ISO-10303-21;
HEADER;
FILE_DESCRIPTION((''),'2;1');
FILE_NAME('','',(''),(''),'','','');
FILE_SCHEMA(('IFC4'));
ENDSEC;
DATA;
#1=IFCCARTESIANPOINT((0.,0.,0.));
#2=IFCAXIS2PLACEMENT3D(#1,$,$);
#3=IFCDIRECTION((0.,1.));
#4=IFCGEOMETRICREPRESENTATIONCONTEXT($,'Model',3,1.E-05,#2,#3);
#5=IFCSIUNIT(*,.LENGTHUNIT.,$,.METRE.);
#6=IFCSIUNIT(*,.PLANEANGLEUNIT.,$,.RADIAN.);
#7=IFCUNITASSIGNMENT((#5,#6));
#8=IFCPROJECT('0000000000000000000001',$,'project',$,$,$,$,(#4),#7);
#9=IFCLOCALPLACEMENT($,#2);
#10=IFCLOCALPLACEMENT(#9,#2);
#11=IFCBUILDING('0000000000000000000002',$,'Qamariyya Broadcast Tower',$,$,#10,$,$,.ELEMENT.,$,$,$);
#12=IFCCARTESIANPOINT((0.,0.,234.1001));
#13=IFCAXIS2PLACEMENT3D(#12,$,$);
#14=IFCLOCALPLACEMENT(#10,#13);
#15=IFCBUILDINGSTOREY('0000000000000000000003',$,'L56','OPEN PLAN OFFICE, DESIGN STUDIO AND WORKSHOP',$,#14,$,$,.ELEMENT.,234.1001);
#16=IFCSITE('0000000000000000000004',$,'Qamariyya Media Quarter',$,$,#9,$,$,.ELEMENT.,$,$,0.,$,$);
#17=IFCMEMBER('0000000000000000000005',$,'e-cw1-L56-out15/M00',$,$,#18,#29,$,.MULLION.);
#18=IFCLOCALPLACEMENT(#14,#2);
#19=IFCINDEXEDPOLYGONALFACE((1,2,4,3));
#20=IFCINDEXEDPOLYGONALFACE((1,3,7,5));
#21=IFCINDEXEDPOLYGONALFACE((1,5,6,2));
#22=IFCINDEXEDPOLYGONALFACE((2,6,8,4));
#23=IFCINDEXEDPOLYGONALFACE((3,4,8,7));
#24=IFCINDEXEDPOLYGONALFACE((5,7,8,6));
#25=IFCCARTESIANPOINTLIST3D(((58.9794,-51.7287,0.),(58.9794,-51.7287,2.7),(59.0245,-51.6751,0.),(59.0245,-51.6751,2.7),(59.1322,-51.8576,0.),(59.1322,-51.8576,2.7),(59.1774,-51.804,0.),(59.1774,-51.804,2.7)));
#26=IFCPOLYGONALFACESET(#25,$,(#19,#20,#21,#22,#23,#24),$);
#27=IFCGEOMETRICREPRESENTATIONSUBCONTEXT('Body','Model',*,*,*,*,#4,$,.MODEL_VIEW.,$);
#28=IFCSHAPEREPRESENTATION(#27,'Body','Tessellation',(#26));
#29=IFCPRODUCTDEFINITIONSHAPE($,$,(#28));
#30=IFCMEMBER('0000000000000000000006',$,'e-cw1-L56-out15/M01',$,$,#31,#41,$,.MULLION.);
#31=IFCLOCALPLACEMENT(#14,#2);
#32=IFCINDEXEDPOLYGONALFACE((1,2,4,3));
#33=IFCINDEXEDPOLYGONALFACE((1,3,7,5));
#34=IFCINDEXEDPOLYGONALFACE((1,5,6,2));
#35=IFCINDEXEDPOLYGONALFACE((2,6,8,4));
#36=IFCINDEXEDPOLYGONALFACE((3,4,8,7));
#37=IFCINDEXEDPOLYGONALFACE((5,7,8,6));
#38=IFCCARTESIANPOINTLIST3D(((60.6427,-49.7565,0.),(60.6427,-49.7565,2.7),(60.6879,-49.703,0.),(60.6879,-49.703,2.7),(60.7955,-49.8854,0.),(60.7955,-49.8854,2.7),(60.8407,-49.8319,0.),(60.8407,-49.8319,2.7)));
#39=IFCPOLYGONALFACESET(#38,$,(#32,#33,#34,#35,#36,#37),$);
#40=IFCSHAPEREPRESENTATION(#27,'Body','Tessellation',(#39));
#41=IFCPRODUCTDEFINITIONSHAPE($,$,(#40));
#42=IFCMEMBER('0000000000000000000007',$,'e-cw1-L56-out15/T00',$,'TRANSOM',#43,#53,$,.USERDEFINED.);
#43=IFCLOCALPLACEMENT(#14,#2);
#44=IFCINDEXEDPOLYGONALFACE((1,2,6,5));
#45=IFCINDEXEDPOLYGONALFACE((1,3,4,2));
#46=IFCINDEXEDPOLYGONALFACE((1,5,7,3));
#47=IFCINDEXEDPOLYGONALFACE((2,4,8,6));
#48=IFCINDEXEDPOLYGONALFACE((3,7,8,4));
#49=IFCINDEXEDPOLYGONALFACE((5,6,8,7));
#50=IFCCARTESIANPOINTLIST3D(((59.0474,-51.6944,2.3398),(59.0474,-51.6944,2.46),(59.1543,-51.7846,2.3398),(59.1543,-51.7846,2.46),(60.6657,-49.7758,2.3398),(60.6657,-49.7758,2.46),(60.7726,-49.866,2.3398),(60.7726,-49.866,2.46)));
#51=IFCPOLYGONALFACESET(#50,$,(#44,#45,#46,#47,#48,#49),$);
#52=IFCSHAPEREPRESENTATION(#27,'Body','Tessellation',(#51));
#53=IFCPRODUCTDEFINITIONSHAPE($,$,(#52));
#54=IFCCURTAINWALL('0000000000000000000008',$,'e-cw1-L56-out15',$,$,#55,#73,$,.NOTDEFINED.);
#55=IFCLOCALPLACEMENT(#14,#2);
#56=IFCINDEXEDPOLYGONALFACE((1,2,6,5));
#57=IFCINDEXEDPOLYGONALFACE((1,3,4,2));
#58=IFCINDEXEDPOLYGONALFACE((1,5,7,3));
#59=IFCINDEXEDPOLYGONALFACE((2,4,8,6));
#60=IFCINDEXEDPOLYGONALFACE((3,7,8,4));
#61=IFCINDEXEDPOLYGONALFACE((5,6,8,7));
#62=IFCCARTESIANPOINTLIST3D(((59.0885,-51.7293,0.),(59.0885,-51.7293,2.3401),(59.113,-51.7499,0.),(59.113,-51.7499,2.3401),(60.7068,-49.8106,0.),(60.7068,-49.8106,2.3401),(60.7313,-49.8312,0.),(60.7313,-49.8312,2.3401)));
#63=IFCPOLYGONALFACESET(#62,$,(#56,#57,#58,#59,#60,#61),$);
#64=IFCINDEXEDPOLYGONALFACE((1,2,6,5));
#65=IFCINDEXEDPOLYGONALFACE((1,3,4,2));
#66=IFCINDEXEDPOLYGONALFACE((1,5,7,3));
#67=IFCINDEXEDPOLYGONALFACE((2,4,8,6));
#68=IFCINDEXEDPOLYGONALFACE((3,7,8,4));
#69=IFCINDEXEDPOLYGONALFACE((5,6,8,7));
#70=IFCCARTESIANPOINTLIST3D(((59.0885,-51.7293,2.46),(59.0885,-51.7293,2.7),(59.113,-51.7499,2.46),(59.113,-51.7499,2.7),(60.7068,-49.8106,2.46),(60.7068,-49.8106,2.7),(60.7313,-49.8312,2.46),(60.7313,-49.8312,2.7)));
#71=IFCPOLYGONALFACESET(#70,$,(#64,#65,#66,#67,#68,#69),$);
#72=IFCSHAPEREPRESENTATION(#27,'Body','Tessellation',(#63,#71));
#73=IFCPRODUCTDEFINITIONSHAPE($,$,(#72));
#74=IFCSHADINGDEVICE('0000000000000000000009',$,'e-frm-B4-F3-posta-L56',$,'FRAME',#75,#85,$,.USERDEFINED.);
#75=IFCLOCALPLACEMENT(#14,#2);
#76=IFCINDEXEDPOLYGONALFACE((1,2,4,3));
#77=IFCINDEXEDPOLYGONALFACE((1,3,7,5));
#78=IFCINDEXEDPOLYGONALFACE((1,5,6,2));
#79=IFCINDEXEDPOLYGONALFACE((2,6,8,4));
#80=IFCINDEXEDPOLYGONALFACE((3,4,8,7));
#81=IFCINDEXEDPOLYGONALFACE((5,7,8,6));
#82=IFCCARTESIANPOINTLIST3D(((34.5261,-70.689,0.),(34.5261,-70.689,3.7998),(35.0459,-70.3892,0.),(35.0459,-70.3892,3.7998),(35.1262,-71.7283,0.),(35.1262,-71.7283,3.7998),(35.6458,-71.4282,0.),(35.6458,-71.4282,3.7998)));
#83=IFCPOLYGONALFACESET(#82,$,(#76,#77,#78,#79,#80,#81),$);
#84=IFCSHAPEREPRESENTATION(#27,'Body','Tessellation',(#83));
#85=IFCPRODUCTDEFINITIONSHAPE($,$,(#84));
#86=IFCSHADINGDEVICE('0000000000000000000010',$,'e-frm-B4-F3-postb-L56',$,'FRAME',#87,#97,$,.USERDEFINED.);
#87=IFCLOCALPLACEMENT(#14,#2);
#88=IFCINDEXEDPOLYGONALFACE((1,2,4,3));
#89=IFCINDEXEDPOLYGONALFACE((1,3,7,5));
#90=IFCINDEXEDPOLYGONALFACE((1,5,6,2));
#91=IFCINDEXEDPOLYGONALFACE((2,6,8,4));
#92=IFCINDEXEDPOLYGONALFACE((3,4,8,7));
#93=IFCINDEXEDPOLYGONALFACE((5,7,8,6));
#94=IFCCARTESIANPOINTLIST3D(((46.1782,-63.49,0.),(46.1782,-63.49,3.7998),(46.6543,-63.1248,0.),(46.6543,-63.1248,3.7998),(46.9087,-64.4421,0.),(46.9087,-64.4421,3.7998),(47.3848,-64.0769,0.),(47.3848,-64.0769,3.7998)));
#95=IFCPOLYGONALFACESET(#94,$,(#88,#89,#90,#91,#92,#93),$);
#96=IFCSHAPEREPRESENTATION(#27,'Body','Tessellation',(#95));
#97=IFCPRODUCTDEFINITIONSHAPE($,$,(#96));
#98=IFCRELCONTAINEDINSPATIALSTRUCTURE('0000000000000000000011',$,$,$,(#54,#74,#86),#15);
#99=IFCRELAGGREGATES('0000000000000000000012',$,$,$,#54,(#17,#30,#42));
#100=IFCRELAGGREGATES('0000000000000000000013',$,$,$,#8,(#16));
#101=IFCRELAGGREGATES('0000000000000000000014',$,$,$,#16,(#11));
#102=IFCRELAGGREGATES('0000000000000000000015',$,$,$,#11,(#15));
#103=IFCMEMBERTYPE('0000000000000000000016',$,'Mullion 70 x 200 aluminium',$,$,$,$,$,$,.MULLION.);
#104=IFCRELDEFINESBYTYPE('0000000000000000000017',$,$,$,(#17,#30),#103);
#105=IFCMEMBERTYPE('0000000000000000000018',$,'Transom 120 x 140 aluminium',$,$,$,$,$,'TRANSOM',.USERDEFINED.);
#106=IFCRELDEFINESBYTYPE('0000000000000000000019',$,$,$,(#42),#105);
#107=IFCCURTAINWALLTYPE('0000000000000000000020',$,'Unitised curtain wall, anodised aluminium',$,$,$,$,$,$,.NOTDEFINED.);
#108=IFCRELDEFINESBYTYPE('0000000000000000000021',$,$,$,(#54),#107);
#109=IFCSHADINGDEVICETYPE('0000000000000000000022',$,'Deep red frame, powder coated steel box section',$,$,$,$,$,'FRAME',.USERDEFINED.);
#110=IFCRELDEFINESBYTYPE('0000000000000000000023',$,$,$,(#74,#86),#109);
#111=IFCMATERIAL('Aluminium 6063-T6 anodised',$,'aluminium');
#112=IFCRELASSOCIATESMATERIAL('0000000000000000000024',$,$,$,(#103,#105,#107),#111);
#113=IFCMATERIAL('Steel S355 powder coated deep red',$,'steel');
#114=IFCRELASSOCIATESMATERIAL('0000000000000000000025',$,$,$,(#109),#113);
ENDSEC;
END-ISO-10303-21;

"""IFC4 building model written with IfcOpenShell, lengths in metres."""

from ifc_helpers import new_model, si_unit, direction, frame, origin, origin_2d, place, context, subcontext, project, spatial, polyline, rectangle, outline, extrude, material, material_profile, profile_set, type_object, element, aggregate, save


model = new_model("IFC4")

# Units and contexts
model_context = context("Model", 3, precision=1e-05, world=origin(), true_north=direction((0.0, 1.0)))
body_context = subcontext(model_context, "Body", "Model", "MODEL_VIEW")
ifc_project = project(units=[si_unit("LENGTHUNIT", "METRE"), si_unit("PLANEANGLEUNIT", "RADIAN")], contexts=[model_context])

# Members
ifc_material_1 = material(Name="Aluminium 6063-T6 anodised", Category="aluminium")
ifc_material_profile_1 = material_profile(ifc_material_1, rectangle(XDim=0.2, YDim=0.0701, at=origin_2d()))
ifc_profile_set_1 = profile_set([ifc_material_profile_1], Name="Aluminium 6063-T6 anodised")
member_type_1 = type_object("IfcMemberType", Name="Mullion 70 x 200 aluminium", PredefinedType="MULLION", material=ifc_profile_set_1)
site_placement = place(None, origin())
building_placement = place(site_placement, origin())
storey_placement = place(building_placement, frame((0.0, 0.0, 234.1001)))
member_1_placement = place(storey_placement, frame((59.0784, -51.7664, 0.0), z_axis=(0.0, 0.0, 1.0), x_axis=(-0.764421, 0.644717, 0.0)))
member_1 = element("IfcMember", 1, at=member_1_placement, type_object=member_type_1, Name="e-cw1-L56-out15/M00", PredefinedType="MULLION", context=body_context, shape_type="SweptSolid", body=[
    extrude(rectangle(XDim=0.2, YDim=0.0701, at=origin_2d()), origin(), (0.0, 0.0, 1.0), 2.7),
])
member_2_placement = place(storey_placement, frame((60.7417, -49.7942, 0.0), z_axis=(0.0, 0.0, 1.0), x_axis=(-0.764421, 0.644717, 0.0)))
member_2 = element("IfcMember", 2, at=member_2_placement, type_object=member_type_1, Name="e-cw1-L56-out15/M01", PredefinedType="MULLION", context=body_context, shape_type="SweptSolid", body=[
    extrude(rectangle(XDim=0.2, YDim=0.0701, at=origin_2d()), origin(), (0.0, 0.0, 1.0), 2.7),
])
ifc_material_profile_2 = material_profile(ifc_material_1, rectangle(XDim=0.1399, YDim=0.1201, at=origin_2d()))
ifc_profile_set_2 = profile_set([ifc_material_profile_2], Name="Aluminium 6063-T6 anodised")
member_type_2 = type_object("IfcMemberType", Name="Transom 120 x 140 aluminium", ElementType="TRANSOM", PredefinedType="USERDEFINED", material=ifc_profile_set_2)
member_3_placement = place(storey_placement, frame((59.1008, -51.7395, 2.3999), z_axis=(0.644756, 0.764389, 0.0), x_axis=(-0.764389, 0.644756, 0.0)))
member_3 = element("IfcMember", 3, at=member_3_placement, type_object=member_type_2, Name="e-cw1-L56-out15/T00", ObjectType="TRANSOM", PredefinedType="USERDEFINED", context=body_context, shape_type="SweptSolid", body=[
    extrude(rectangle(XDim=0.1399, YDim=0.1201, at=origin_2d()), origin(), (0.0, 0.0, 1.0), 2.51),
])

# Site, building, storey
site = spatial("IfcSite", under=ifc_project, at=site_placement, Name="Qamariyya Media Quarter", CompositionType="ELEMENT", RefElevation=0.0)
building = spatial("IfcBuilding", under=site, at=building_placement, Name="Qamariyya Broadcast Tower", CompositionType="ELEMENT")
storey = spatial("IfcBuildingStorey", under=building, at=storey_placement, Name="L56", Description="OPEN PLAN OFFICE, DESIGN STUDIO AND WORKSHOP", CompositionType="ELEMENT", Elevation=234.1001)

# Curtain wall
curtain_wall_type = type_object("IfcCurtainWallType", Name="Unitised curtain wall, anodised aluminium", PredefinedType="NOTDEFINED", material=ifc_material_1)
curtain_wall_1_placement = place(storey_placement, origin())
curtain_wall_1 = element("IfcCurtainWall", 4, at=curtain_wall_1_placement, inside=storey, type_object=curtain_wall_type, Name="e-cw1-L56-out15", PredefinedType="NOTDEFINED", context=body_context, shape_type="SweptSolid", body=[
    extrude(rectangle(XDim=2.51, YDim=0.032, at=origin_2d()), frame((59.9099, -50.7803, 0.0), x_axis=(0.644731, 0.764409, 0.0)), (0.0, 0.0, 1.0), 2.3401),
    extrude(rectangle(XDim=2.51, YDim=0.032, at=origin_2d()), frame((59.9099, -50.7803, 2.46), x_axis=(0.644731, 0.764409, 0.0)), (0.0, 0.0, 1.0), 0.24),
])
aggregate(curtain_wall_1, [member_1, member_2, member_3])

# Shading devices
ifc_material_2 = material(Name="Steel S355 powder coated deep red", Category="steel")
shading_device_type = type_object("IfcShadingDeviceType", Name="Deep red frame, powder coated steel box section", ElementType="FRAME", PredefinedType="USERDEFINED", material=ifc_material_2)
shading_device_1_placement = place(storey_placement, origin())
element("IfcShadingDevice", 5, at=shading_device_1_placement, inside=storey, type_object=shading_device_type, Name="e-frm-B4-F3-posta-L56", ObjectType="FRAME", PredefinedType="USERDEFINED", context=body_context, shape_type="SweptSolid", body=[
    extrude(outline(polyline([(34.5261, -70.689), (35.1262, -71.7283), (35.6458, -71.4282), (35.0459, -70.3892), (34.5261, -70.689)])), origin(), (0.0, 0.0, 1.0), 3.7998),
])
shading_device_2_placement = place(storey_placement, origin())
element("IfcShadingDevice", 6, at=shading_device_2_placement, inside=storey, type_object=shading_device_type, Name="e-frm-B4-F3-postb-L56", ObjectType="FRAME", PredefinedType="USERDEFINED", context=body_context, shape_type="SweptSolid", body=[
    extrude(outline(polyline([(46.1782, -63.49), (46.9087, -64.4421), (47.3848, -64.0769), (46.6543, -63.1248), (46.1782, -63.49)])), origin(), (0.0, 0.0, 1.0), 3.7998),
])

save(model, "model.ifc")
